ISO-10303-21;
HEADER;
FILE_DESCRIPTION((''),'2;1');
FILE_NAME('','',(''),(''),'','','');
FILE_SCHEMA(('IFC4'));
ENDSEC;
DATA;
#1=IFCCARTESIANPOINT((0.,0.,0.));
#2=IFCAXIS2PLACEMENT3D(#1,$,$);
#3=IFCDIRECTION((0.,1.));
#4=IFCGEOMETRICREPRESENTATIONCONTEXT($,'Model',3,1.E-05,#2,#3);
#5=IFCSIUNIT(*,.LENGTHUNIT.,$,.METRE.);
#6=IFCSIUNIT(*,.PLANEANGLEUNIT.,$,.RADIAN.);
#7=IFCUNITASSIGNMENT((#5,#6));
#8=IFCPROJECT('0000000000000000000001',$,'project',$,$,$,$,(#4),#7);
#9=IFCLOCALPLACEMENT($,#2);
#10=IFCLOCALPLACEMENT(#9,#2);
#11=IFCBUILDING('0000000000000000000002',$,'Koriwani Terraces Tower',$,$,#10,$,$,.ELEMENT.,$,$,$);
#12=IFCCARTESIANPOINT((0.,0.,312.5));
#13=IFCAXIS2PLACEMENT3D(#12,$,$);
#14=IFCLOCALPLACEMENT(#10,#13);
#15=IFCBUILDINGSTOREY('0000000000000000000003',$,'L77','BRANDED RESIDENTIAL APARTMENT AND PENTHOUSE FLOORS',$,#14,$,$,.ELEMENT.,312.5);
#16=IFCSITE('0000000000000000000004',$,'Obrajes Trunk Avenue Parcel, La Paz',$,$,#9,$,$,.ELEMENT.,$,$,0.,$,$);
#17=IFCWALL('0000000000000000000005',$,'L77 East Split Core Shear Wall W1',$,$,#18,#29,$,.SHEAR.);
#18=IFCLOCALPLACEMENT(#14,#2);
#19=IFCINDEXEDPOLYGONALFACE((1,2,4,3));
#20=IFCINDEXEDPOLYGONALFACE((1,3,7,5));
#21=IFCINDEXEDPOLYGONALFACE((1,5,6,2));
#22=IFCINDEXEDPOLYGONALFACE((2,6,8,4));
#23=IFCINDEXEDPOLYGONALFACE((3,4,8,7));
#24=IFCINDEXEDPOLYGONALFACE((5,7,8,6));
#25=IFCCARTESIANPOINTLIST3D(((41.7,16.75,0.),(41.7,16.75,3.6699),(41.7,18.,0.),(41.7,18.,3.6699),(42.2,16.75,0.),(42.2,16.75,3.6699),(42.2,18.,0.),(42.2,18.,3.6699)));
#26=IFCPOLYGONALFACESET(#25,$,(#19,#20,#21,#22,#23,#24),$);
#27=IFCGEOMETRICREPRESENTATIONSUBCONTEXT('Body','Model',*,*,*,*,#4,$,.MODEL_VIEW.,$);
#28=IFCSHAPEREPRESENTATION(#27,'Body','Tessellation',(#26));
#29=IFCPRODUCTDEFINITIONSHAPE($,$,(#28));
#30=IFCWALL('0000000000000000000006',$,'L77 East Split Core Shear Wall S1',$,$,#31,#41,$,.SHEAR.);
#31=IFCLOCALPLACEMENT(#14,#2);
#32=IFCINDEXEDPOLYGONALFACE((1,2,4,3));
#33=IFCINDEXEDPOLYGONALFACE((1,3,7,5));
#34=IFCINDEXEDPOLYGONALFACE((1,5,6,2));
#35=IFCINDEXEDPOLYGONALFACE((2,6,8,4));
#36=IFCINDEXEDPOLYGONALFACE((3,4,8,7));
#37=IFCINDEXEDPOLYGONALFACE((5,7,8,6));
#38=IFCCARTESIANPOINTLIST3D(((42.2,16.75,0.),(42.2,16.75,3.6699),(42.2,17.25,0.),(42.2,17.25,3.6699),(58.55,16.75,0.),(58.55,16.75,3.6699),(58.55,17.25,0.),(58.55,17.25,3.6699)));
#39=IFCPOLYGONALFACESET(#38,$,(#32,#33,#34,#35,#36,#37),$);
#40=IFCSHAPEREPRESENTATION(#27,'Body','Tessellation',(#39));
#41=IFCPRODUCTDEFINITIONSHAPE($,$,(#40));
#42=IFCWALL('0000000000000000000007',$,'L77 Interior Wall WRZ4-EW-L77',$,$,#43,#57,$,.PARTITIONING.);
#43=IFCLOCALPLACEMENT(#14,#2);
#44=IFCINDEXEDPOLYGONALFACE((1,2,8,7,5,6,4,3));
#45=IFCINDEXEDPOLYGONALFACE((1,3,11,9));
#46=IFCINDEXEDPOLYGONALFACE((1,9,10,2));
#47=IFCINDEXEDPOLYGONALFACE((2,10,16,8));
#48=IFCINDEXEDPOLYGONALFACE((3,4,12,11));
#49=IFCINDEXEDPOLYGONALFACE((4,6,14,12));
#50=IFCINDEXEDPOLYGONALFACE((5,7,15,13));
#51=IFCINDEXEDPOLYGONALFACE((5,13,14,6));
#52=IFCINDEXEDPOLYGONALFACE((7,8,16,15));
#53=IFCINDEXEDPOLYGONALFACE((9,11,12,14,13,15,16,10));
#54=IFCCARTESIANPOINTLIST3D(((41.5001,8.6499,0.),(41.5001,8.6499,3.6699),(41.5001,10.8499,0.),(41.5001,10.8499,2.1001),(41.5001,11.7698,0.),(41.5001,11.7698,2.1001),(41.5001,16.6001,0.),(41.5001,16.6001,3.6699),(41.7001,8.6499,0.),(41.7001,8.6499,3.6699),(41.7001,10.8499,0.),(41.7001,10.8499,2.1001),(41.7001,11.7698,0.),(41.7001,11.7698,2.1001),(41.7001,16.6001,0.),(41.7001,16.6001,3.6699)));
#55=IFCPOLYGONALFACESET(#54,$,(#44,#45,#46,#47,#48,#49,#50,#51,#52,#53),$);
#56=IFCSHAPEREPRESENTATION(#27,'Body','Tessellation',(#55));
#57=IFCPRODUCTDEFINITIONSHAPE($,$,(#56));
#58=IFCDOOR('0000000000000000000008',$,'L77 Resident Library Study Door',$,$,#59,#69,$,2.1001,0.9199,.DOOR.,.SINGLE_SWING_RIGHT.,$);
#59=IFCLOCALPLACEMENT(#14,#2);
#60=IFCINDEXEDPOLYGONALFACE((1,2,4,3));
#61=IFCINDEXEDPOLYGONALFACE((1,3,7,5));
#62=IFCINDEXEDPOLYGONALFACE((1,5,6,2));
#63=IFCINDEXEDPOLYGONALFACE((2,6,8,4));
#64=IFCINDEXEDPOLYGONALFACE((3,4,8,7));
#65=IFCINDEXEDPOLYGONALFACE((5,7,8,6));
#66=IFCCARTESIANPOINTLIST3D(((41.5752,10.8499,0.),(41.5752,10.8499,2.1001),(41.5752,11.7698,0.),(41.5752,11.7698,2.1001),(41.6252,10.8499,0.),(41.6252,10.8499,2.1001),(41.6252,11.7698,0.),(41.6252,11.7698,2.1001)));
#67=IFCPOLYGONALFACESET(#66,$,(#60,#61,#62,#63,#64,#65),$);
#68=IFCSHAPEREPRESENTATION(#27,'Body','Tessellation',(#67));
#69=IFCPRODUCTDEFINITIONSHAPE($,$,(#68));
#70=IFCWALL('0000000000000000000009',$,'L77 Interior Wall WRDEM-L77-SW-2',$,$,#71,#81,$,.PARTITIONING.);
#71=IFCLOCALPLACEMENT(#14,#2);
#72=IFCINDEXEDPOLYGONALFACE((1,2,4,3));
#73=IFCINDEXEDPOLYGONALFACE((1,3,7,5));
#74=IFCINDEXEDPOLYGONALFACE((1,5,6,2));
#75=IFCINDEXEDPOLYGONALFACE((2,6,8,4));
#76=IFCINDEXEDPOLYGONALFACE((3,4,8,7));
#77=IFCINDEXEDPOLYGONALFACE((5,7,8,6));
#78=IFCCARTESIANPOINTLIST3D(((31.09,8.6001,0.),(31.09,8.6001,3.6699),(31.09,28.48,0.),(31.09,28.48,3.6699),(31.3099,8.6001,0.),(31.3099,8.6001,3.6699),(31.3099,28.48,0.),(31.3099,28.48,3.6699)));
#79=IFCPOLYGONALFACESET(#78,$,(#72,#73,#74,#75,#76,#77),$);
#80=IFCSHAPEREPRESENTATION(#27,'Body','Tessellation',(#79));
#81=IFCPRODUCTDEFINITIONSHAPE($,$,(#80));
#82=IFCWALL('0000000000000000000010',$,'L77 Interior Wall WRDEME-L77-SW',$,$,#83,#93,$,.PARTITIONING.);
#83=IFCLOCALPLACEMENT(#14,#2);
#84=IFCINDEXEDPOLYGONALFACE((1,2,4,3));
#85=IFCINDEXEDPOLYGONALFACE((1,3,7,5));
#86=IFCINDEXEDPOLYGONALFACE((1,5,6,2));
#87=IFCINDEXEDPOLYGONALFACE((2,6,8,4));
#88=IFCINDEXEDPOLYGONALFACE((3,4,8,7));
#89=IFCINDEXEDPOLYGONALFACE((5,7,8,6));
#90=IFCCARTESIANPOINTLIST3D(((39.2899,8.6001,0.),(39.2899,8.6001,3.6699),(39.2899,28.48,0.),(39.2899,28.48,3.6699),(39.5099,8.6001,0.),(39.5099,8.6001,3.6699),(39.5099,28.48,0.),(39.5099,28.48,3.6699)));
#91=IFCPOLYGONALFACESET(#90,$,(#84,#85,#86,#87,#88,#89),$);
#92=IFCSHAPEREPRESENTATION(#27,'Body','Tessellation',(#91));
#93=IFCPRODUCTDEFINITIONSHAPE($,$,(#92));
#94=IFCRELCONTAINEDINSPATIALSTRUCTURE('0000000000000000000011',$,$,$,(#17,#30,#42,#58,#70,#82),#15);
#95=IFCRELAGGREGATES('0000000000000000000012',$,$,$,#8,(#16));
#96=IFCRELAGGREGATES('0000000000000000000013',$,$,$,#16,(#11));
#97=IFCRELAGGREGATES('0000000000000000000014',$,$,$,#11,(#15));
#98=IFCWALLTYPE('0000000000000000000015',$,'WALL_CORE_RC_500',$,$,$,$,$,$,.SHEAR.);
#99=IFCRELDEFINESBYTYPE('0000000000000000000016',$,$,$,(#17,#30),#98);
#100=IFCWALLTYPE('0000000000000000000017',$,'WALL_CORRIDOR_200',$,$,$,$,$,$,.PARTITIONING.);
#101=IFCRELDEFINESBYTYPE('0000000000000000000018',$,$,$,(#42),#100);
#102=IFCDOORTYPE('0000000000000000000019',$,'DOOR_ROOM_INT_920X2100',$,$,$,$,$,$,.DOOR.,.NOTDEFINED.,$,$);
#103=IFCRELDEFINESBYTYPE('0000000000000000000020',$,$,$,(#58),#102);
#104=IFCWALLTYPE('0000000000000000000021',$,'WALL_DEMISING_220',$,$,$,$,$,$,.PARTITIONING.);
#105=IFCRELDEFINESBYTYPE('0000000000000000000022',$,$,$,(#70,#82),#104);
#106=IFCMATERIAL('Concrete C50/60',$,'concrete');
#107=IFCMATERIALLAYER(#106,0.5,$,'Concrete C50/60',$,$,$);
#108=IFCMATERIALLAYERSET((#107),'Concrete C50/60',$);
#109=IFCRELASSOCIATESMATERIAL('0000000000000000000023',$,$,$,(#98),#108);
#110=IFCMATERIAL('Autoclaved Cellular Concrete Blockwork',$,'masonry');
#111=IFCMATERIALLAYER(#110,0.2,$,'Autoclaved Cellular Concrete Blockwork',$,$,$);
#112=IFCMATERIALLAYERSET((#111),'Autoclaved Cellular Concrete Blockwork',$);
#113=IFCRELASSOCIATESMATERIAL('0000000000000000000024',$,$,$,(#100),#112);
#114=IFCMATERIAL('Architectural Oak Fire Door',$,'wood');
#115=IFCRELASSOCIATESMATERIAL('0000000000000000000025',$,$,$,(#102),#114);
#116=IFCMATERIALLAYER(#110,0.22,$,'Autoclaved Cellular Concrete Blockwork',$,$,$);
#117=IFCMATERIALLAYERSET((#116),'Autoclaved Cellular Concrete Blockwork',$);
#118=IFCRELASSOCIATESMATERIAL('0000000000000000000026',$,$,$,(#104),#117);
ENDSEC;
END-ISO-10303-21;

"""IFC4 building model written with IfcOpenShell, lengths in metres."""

from ifc_helpers import new_model, si_unit, direction, frame, frame_2d, origin, place, context, subcontext, project, spatial, rectangle, extrude, material, layer, layer_set, type_object, element, fill, save


model = new_model("IFC4")

# Units and contexts
model_context = context("Model", 3, precision=1e-05, world=origin(), true_north=direction((0.0, 1.0)))
body_context = subcontext(model_context, "Body", "Model", "MODEL_VIEW")
ifc_project = project(units=[si_unit("LENGTHUNIT", "METRE"), si_unit("PLANEANGLEUNIT", "RADIAN")], contexts=[model_context])

# Site, building, storey
site_placement = place(None, origin())
site = spatial("IfcSite", under=ifc_project, at=site_placement, Name="Obrajes Trunk Avenue Parcel, La Paz", CompositionType="ELEMENT", RefElevation=0.0)
building_placement = place(site_placement, origin())
building = spatial("IfcBuilding", under=site, at=building_placement, Name="Koriwani Terraces Tower", CompositionType="ELEMENT")
storey_placement = place(building_placement, frame((0.0, 0.0, 312.5)))
storey = spatial("IfcBuildingStorey", under=building, at=storey_placement, Name="L77", Description="BRANDED RESIDENTIAL APARTMENT AND PENTHOUSE FLOORS", CompositionType="ELEMENT", Elevation=312.5)

# Shared definitions
ifc_material_1 = material(Name="Concrete C50/60", Category="concrete")

# Walls
ifc_layer_1 = layer(ifc_material_1, 0.5, Name="Concrete C50/60")
ifc_layer_set_1 = layer_set([ifc_layer_1], Name="Concrete C50/60")
wall_type_1 = type_object("IfcWallType", Name="WALL_CORE_RC_500", PredefinedType="SHEAR", material=ifc_layer_set_1)
wall_1_placement = place(storey_placement, frame((41.95, 16.75, 0.0), z_axis=(0.0, 0.0, 1.0), x_axis=(0.0, 1.0, 0.0)))
element("IfcWall", 1, at=wall_1_placement, inside=storey, type_object=wall_type_1, Name="L77 East Split Core Shear Wall W1", PredefinedType="SHEAR", context=body_context, shape_type="SweptSolid", body=[
    extrude(rectangle(XDim=1.25, YDim=0.5, at=frame_2d((0.625, 0.0))), origin(), (0.0, 0.0, 1.0), 3.6699),
])
wall_2_placement = place(storey_placement, frame((42.2, 17.0, 0.0), z_axis=(0.0, 0.0, 1.0), x_axis=(1.0, 0.0, 0.0)))
element("IfcWall", 2, at=wall_2_placement, inside=storey, type_object=wall_type_1, Name="L77 East Split Core Shear Wall S1", PredefinedType="SHEAR", context=body_context, shape_type="SweptSolid", body=[
    extrude(rectangle(XDim=16.3501, YDim=0.5, at=frame_2d((8.175, 0.0))), origin(), (0.0, 0.0, 1.0), 3.6699),
])

# Wall, opening, door
ifc_material_2 = material(Name="Autoclaved Cellular Concrete Blockwork", Category="masonry")
ifc_layer_2 = layer(ifc_material_2, 0.2, Name="Autoclaved Cellular Concrete Blockwork")
ifc_layer_set_2 = layer_set([ifc_layer_2], Name="Autoclaved Cellular Concrete Blockwork")
wall_type_2 = type_object("IfcWallType", Name="WALL_CORRIDOR_200", PredefinedType="PARTITIONING", material=ifc_layer_set_2)
wall_3_placement = place(storey_placement, frame((41.6001, 8.6499, 0.0), z_axis=(0.0, 0.0, 1.0), x_axis=(0.0, 1.0, 0.0)))
wall_3 = element("IfcWall", 3, at=wall_3_placement, inside=storey, type_object=wall_type_2, Name="L77 Interior Wall WRZ4-EW-L77", PredefinedType="PARTITIONING", context=body_context, shape_type="SweptSolid", body=[
    extrude(rectangle(XDim=7.9502, YDim=0.2, at=frame_2d((3.9751, 0.0))), origin(), (0.0, 0.0, 1.0), 3.6699),
])
opening_placement = place(wall_3_placement, frame((2.2, 0.0, 0.0)))
opening = element("IfcOpeningElement", 4, at=opening_placement, cuts=wall_3, PredefinedType="OPENING", context=body_context, shape_type="SweptSolid", body=[
    extrude(rectangle(XDim=0.9199, YDim=2.1001, at=frame_2d((0.46, 1.05))), frame((0.0, 0.1099, 0.0), z_axis=(0.0, -1.0, 0.0), x_axis=(1.0, 0.0, 0.0)), (0.0, 0.0, 1.0), 0.22),
])
ifc_material_3 = material(Name="Architectural Oak Fire Door", Category="wood")
door_type = type_object("IfcDoorType", Name="DOOR_ROOM_INT_920X2100", OperationType="NOTDEFINED", PredefinedType="DOOR", material=ifc_material_3)
door_placement = place(opening_placement, origin())
door = element("IfcDoor", 5, at=door_placement, inside=storey, type_object=door_type, Name="L77 Resident Library Study Door", OperationType="SINGLE_SWING_RIGHT", OverallHeight=2.1001, OverallWidth=0.9199, PredefinedType="DOOR", context=body_context, shape_type="SweptSolid", body=[
    extrude(rectangle(XDim=0.9199, YDim=2.1001, at=frame_2d((0.46, 1.05))), frame((0.0, 0.0249, 0.0), z_axis=(0.0, -1.0, 0.0), x_axis=(1.0, 0.0, 0.0)), (0.0, 0.0, 1.0), 0.05),
])
fill(opening, door)

# Walls
ifc_layer_3 = layer(ifc_material_2, 0.22, Name="Autoclaved Cellular Concrete Blockwork")
ifc_layer_set_3 = layer_set([ifc_layer_3], Name="Autoclaved Cellular Concrete Blockwork")
wall_type_3 = type_object("IfcWallType", Name="WALL_DEMISING_220", PredefinedType="PARTITIONING", material=ifc_layer_set_3)
for number, where, z_axis, x_axis, name in (
    (6, (31.2, 8.6001, 0.0), (0.0, 0.0, 1.0), (0.0, 1.0, 0.0), "L77 Interior Wall WRDEM-L77-SW-2"),
    (7, (39.3999, 8.6001, 0.0), (0.0, 0.0, 1.0), (0.0, 1.0, 0.0), "L77 Interior Wall WRDEME-L77-SW"),
):
    element("IfcWall", number, at=place(storey_placement, frame(where, z_axis=z_axis, x_axis=x_axis)), inside=storey, type_object=wall_type_3, Name=name, PredefinedType="PARTITIONING", context=body_context, shape_type="SweptSolid", body=[
        extrude(rectangle(XDim=19.8799, YDim=0.22, at=frame_2d((9.9399, 0.0))), origin(), (0.0, 0.0, 1.0), 3.6699),
    ])

save(model, "model.ifc")
